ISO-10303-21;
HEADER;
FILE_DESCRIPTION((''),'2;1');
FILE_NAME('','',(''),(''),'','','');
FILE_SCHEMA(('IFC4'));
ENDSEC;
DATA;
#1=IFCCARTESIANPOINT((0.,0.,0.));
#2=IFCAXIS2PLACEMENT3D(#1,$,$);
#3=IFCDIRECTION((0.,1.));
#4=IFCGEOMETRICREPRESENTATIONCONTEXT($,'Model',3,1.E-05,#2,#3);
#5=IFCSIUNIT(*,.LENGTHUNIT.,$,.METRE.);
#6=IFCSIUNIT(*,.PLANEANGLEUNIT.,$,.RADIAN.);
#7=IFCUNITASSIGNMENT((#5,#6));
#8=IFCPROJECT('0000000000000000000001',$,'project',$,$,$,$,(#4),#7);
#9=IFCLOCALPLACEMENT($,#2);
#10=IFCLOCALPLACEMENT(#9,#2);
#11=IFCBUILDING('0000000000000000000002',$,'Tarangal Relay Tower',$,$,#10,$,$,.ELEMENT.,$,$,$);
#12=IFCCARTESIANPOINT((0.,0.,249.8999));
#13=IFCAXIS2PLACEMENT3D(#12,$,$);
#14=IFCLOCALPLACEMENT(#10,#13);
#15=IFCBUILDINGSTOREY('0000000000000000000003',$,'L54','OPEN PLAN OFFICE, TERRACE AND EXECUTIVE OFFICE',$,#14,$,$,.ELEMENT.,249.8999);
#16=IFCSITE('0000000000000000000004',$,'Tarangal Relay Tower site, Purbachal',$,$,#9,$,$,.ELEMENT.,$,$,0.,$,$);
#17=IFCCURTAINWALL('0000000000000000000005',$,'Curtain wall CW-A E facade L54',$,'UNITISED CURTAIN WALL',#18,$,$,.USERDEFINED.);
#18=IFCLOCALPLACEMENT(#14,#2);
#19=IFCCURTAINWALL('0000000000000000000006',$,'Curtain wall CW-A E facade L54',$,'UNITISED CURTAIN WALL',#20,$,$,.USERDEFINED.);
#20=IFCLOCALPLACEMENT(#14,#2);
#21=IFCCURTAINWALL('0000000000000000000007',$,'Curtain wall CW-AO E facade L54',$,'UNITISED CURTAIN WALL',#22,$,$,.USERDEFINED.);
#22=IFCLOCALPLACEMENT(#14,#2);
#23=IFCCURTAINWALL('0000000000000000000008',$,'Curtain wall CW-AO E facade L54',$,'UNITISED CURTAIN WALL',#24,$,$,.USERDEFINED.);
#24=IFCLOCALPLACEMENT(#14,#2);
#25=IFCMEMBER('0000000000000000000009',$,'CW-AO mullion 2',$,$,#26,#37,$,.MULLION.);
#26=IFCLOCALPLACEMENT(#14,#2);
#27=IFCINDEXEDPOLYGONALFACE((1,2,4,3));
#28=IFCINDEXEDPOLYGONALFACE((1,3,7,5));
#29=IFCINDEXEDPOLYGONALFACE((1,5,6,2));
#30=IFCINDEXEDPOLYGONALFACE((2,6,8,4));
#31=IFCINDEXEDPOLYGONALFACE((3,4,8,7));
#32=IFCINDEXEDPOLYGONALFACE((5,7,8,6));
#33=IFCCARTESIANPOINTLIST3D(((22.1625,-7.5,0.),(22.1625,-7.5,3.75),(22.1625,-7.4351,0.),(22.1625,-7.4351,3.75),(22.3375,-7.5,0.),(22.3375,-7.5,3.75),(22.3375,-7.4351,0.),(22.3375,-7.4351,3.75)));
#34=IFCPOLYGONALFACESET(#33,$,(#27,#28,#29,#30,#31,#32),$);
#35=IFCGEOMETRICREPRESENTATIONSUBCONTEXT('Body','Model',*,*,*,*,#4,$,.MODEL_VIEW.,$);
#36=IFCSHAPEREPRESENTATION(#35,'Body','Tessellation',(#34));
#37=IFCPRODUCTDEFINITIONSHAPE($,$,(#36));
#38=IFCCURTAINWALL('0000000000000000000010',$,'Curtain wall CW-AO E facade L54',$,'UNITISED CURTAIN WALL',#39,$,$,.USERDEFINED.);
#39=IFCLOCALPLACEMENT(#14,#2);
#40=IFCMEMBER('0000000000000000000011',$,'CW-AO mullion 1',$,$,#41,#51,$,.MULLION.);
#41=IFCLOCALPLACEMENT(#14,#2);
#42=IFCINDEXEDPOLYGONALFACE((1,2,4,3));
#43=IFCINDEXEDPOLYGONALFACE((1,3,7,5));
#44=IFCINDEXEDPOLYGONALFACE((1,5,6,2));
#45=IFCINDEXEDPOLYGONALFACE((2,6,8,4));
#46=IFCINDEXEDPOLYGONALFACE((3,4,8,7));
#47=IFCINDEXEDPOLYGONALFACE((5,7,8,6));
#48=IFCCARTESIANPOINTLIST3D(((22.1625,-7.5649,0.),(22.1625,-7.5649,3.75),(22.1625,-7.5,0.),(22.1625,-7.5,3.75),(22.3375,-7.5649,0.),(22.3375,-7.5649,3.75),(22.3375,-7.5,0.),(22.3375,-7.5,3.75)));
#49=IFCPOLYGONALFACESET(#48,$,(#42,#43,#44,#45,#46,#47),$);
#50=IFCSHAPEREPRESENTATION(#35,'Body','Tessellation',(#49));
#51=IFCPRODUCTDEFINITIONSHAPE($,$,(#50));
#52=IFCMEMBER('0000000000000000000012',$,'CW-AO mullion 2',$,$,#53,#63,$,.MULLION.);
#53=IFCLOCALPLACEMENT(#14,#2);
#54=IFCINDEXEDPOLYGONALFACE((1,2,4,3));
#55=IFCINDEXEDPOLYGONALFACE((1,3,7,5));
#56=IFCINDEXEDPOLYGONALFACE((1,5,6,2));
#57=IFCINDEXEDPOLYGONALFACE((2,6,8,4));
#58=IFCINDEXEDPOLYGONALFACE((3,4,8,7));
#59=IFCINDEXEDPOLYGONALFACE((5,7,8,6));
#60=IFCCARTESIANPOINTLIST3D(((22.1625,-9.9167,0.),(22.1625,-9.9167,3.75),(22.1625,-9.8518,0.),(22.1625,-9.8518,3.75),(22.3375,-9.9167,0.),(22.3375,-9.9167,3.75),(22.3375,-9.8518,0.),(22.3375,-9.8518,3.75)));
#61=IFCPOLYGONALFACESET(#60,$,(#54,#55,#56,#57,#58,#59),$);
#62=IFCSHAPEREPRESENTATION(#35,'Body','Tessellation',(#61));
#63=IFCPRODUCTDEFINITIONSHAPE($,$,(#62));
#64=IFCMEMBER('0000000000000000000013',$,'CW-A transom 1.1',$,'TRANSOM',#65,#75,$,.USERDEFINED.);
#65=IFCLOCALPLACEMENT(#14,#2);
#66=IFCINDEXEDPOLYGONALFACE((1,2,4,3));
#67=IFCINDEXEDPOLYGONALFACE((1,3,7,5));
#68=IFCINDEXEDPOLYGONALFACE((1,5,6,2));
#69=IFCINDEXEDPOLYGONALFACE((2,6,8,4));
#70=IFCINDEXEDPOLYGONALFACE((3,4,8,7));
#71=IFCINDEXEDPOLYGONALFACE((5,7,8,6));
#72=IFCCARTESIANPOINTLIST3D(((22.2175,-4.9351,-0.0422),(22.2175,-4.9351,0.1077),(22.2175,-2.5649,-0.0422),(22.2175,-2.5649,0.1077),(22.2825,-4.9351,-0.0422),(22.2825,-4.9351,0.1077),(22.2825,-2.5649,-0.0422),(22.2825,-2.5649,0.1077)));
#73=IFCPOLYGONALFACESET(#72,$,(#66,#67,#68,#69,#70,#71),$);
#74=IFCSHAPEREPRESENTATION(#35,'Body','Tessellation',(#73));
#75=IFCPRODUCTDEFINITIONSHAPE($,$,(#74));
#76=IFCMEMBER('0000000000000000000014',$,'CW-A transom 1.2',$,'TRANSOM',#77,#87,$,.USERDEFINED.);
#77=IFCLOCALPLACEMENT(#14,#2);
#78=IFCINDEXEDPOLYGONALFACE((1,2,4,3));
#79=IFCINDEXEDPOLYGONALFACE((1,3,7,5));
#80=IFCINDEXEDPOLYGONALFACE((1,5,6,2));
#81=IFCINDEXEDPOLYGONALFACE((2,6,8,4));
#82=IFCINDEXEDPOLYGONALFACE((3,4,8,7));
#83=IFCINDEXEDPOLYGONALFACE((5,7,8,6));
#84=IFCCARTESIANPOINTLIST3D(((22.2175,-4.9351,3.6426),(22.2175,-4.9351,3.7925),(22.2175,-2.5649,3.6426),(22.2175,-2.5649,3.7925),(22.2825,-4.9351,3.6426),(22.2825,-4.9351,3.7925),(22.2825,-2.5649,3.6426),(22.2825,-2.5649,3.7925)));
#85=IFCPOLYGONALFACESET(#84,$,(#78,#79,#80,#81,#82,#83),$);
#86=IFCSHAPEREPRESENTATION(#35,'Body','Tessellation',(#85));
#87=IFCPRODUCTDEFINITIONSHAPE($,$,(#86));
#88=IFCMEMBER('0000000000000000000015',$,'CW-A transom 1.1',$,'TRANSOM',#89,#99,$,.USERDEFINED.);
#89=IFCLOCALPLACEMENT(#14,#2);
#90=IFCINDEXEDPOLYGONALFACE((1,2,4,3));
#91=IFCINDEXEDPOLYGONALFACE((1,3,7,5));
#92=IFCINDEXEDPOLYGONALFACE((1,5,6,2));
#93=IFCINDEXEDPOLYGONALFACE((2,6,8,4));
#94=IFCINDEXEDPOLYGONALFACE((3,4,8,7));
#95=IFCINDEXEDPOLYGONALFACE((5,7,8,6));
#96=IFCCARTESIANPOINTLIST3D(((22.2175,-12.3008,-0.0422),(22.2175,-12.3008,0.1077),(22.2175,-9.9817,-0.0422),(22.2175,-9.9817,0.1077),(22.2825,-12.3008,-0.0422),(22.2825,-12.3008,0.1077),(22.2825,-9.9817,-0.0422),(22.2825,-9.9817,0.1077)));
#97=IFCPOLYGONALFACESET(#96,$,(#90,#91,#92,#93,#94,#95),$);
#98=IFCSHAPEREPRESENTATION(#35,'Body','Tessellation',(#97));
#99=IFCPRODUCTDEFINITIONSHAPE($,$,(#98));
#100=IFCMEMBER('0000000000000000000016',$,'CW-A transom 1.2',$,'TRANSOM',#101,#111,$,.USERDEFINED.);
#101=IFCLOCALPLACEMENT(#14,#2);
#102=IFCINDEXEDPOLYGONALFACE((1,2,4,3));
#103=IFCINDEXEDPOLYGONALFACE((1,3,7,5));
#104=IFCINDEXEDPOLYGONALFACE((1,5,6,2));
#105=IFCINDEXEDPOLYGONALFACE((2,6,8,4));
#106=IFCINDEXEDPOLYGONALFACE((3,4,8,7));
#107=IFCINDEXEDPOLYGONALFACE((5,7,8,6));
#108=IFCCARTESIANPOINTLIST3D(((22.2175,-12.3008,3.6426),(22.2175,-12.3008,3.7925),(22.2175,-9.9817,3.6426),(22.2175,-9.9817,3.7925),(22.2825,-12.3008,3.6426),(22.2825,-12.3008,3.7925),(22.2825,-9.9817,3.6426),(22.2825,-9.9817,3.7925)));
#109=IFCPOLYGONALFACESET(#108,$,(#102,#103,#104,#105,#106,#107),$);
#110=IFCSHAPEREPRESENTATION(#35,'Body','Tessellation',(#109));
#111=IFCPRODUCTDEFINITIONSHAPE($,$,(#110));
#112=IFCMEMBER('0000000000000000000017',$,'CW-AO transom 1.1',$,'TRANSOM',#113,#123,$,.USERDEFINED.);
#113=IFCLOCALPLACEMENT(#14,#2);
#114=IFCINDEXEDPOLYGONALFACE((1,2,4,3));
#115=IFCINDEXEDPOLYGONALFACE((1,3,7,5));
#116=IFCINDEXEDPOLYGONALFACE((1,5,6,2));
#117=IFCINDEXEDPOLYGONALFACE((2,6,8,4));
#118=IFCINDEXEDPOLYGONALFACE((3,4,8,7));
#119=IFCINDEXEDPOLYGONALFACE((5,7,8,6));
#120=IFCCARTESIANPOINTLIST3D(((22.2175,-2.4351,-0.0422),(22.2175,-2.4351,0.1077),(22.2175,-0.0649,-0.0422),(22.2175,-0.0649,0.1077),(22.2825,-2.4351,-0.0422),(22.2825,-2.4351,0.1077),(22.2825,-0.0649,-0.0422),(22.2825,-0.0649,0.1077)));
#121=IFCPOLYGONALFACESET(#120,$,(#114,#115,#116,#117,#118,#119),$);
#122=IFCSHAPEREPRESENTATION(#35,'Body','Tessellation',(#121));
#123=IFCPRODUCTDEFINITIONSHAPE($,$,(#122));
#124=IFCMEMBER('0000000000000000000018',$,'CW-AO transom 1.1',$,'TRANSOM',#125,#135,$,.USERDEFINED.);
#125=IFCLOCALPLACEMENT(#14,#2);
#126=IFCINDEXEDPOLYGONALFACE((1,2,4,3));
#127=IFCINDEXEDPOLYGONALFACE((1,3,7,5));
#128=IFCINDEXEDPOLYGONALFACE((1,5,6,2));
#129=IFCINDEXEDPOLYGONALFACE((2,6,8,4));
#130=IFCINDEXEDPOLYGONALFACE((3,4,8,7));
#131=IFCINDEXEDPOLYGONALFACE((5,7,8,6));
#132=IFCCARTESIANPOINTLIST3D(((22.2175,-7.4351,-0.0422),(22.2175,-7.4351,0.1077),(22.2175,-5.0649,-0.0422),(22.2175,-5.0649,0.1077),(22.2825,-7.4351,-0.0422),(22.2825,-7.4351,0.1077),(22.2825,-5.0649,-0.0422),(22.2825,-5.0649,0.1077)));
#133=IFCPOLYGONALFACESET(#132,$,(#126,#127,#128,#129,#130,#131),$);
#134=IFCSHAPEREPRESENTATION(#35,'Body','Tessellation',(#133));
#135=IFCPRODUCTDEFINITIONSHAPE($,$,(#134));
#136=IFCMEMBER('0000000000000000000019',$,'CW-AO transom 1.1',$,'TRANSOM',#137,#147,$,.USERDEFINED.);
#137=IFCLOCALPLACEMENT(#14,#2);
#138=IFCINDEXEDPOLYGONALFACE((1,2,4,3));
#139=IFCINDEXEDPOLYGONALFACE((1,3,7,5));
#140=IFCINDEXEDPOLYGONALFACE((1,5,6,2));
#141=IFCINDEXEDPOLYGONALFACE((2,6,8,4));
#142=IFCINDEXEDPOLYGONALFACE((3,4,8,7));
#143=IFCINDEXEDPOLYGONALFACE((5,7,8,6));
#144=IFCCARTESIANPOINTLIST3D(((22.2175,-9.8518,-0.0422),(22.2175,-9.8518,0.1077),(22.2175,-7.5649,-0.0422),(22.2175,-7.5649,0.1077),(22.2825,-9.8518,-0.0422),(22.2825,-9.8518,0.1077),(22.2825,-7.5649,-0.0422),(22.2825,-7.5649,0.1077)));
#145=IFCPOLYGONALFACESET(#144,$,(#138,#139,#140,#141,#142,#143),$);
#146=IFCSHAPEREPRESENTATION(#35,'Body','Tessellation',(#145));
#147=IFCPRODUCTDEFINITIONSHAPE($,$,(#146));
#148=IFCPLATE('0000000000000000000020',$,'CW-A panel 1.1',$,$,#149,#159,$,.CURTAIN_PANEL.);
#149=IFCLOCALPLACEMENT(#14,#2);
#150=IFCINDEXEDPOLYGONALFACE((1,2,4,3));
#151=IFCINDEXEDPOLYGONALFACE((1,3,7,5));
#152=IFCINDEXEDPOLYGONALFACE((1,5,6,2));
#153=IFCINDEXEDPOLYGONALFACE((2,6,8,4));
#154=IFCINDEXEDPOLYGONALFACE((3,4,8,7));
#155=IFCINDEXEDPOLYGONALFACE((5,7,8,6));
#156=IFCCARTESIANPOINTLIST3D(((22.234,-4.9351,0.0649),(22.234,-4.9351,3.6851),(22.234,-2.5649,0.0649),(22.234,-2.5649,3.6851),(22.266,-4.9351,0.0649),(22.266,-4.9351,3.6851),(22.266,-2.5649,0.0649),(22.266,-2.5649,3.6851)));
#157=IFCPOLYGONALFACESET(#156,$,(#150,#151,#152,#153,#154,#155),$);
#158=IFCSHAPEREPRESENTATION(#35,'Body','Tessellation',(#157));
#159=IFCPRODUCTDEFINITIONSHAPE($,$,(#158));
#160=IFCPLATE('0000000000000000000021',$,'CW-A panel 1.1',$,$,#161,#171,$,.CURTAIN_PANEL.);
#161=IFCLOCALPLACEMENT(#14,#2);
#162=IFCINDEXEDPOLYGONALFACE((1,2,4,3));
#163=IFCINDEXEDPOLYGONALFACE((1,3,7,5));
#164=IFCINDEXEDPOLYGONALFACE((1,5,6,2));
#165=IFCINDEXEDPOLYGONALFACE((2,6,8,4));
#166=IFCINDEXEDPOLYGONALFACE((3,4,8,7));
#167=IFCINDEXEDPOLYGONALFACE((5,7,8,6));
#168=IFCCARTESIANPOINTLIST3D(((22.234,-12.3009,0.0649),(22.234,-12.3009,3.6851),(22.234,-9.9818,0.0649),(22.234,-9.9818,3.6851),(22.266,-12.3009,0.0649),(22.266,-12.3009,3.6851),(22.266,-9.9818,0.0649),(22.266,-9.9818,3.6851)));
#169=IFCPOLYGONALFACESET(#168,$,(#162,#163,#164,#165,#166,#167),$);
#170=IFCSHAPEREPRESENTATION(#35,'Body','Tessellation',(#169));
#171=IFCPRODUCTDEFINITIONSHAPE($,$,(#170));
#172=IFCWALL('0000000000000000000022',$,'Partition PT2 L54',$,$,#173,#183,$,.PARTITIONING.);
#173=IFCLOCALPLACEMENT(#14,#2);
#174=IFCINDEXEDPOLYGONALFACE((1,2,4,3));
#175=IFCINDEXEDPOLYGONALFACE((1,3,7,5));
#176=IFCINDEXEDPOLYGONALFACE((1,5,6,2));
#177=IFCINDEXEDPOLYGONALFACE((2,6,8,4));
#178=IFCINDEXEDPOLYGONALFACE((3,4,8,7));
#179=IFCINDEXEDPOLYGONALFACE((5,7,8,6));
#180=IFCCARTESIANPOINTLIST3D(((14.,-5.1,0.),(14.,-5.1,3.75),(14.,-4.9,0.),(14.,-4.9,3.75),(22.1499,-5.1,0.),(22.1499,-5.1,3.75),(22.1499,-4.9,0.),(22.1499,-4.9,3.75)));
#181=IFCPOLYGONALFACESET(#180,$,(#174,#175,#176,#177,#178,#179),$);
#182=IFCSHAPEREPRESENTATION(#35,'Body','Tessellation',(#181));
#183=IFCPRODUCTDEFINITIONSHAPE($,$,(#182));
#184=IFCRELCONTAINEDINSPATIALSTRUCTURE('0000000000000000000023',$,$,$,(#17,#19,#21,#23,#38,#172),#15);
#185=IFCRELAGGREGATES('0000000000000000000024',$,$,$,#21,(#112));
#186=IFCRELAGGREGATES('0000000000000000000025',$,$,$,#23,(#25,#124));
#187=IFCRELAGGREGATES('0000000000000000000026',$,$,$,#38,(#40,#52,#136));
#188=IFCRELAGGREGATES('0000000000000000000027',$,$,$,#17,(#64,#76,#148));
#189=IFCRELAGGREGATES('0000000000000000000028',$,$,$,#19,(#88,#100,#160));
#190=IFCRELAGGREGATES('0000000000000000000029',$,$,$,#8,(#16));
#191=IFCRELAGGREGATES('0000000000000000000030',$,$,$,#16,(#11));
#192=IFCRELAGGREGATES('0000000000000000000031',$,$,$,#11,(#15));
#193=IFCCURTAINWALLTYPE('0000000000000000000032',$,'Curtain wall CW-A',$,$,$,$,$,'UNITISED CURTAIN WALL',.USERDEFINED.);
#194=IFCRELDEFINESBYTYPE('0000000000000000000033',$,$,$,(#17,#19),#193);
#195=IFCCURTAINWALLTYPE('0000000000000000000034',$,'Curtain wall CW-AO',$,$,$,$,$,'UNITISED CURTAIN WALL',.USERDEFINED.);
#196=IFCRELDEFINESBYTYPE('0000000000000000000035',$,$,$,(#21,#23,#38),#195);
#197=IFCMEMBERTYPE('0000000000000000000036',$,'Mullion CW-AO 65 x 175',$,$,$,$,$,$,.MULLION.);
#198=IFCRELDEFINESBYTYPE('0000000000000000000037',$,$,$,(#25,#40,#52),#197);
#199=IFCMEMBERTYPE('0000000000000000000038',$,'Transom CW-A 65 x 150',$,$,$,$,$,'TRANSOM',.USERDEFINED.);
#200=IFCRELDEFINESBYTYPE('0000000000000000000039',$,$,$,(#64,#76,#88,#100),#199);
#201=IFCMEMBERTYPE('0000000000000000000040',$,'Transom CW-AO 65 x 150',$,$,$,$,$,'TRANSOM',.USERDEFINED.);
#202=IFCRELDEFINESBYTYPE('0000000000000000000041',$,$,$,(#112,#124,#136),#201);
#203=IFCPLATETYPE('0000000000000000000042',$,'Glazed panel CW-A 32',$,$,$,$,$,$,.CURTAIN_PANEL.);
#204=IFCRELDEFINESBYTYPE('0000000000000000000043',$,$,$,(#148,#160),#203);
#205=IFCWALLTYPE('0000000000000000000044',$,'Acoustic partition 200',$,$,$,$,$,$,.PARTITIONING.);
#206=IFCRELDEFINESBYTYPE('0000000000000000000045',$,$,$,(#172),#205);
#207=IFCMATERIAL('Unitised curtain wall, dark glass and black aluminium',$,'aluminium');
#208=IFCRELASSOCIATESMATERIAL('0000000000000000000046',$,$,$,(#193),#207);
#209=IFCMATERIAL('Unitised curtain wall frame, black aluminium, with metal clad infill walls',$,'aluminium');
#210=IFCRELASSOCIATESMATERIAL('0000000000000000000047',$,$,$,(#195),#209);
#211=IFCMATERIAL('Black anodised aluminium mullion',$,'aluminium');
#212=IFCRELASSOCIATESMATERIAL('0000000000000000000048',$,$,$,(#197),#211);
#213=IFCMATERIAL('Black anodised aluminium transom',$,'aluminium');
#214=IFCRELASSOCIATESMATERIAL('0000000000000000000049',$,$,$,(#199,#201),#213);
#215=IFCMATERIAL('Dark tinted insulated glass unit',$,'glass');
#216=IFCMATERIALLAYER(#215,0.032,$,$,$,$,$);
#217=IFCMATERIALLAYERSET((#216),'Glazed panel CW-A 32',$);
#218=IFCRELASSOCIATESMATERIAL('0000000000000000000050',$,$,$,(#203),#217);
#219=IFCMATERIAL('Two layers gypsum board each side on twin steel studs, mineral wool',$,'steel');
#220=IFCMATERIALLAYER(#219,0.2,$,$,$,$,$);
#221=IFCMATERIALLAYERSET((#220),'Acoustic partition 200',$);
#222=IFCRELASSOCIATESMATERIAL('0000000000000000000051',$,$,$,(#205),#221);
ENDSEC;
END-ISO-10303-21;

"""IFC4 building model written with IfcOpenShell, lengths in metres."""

from ifc_helpers import new_model, si_unit, direction, frame, frame_2d, origin, origin_2d, place, context, subcontext, project, spatial, rectangle, extrude, material, layer, layer_set, material_profile, profile_set, type_object, element, aggregate, save


model = new_model("IFC4")

# Units and contexts
model_context = context("Model", 3, precision=1e-05, world=origin(), true_north=direction((0.0, 1.0)))
body_context = subcontext(model_context, "Body", "Model", "MODEL_VIEW")
ifc_project = project(units=[si_unit("LENGTHUNIT", "METRE"), si_unit("PLANEANGLEUNIT", "RADIAN")], contexts=[model_context])

# Site, building, storey
site_placement = place(None, origin())
site = spatial("IfcSite", under=ifc_project, at=site_placement, Name="Tarangal Relay Tower site, Purbachal", CompositionType="ELEMENT", RefElevation=0.0)
building_placement = place(site_placement, origin())
building = spatial("IfcBuilding", under=site, at=building_placement, Name="Tarangal Relay Tower", CompositionType="ELEMENT")
storey_placement = place(building_placement, frame((0.0, 0.0, 249.8999)))
storey = spatial("IfcBuildingStorey", under=building, at=storey_placement, Name="L54", Description="OPEN PLAN OFFICE, TERRACE AND EXECUTIVE OFFICE", CompositionType="ELEMENT", Elevation=249.8999)

# Curtain wall
ifc_material_1 = material(Name="Unitised curtain wall, dark glass and black aluminium", Category="aluminium")
curtain_wall_type_1 = type_object("IfcCurtainWallType", Name="Curtain wall CW-A", ElementType="UNITISED CURTAIN WALL", PredefinedType="USERDEFINED", material=ifc_material_1)
curtain_wall_1_placement = place(storey_placement, origin())
curtain_wall_1 = element("IfcCurtainWall", 1, at=curtain_wall_1_placement, inside=storey, type_object=curtain_wall_type_1, Name="Curtain wall CW-A E facade L54", ObjectType="UNITISED CURTAIN WALL", PredefinedType="USERDEFINED")
ifc_material_2 = material(Name="Black anodised aluminium mullion", Category="aluminium")

# Curtain wall
curtain_wall_2_placement = place(storey_placement, origin())
curtain_wall_2 = element("IfcCurtainWall", 2, at=curtain_wall_2_placement, inside=storey, type_object=curtain_wall_type_1, Name="Curtain wall CW-A E facade L54", ObjectType="UNITISED CURTAIN WALL", PredefinedType="USERDEFINED")

# Curtain walls, members
ifc_material_3 = material(Name="Unitised curtain wall frame, black aluminium, with metal clad infill walls", Category="aluminium")
curtain_wall_type_2 = type_object("IfcCurtainWallType", Name="Curtain wall CW-AO", ElementType="UNITISED CURTAIN WALL", PredefinedType="USERDEFINED", material=ifc_material_3)
curtain_wall_3_placement = place(storey_placement, origin())
curtain_wall_3 = element("IfcCurtainWall", 3, at=curtain_wall_3_placement, inside=storey, type_object=curtain_wall_type_2, Name="Curtain wall CW-AO E facade L54", ObjectType="UNITISED CURTAIN WALL", PredefinedType="USERDEFINED")
ifc_material_profile_1 = material_profile(ifc_material_2, rectangle(XDim=0.175, YDim=0.0649, at=origin_2d()), Name="CW-AOM 65X175")
ifc_profile_set_1 = profile_set([ifc_material_profile_1], Name="Black anodised aluminium mullion")
member_type_1 = type_object("IfcMemberType", Name="Mullion CW-AO 65 x 175", PredefinedType="MULLION", material=ifc_profile_set_1)
curtain_wall_4_placement = place(storey_placement, origin())
curtain_wall_4 = element("IfcCurtainWall", 4, at=curtain_wall_4_placement, inside=storey, type_object=curtain_wall_type_2, Name="Curtain wall CW-AO E facade L54", ObjectType="UNITISED CURTAIN WALL", PredefinedType="USERDEFINED")
member_1_placement = place(storey_placement, frame((22.25, -7.4675, 0.0), z_axis=(0.0, 0.0, 1.0), x_axis=(1.0, 0.0, 0.0)))
member_1 = element("IfcMember", 5, at=member_1_placement, type_object=member_type_1, Name="CW-AO mullion 2", PredefinedType="MULLION", context=body_context, shape_type="SweptSolid", body=[
    extrude(rectangle(XDim=0.175, YDim=0.0649, at=origin_2d()), origin(), (0.0, 0.0, 1.0), 3.75),
])
curtain_wall_5_placement = place(storey_placement, origin())
curtain_wall_5 = element("IfcCurtainWall", 6, at=curtain_wall_5_placement, inside=storey, type_object=curtain_wall_type_2, Name="Curtain wall CW-AO E facade L54", ObjectType="UNITISED CURTAIN WALL", PredefinedType="USERDEFINED")
member_2_placement = place(storey_placement, frame((22.25, -7.5325, 0.0), z_axis=(0.0, 0.0, 1.0), x_axis=(1.0, 0.0, 0.0)))
member_2 = element("IfcMember", 7, at=member_2_placement, type_object=member_type_1, Name="CW-AO mullion 1", PredefinedType="MULLION", context=body_context, shape_type="SweptSolid", body=[
    extrude(rectangle(XDim=0.175, YDim=0.0649, at=origin_2d()), origin(), (0.0, 0.0, 1.0), 3.75),
])
member_3_placement = place(storey_placement, frame((22.25, -9.8843, 0.0), z_axis=(0.0, 0.0, 1.0), x_axis=(1.0, 0.0, 0.0)))
member_3 = element("IfcMember", 8, at=member_3_placement, type_object=member_type_1, Name="CW-AO mullion 2", PredefinedType="MULLION", context=body_context, shape_type="SweptSolid", body=[
    extrude(rectangle(XDim=0.175, YDim=0.0649, at=origin_2d()), origin(), (0.0, 0.0, 1.0), 3.75),
])

# Members
ifc_material_4 = material(Name="Black anodised aluminium transom", Category="aluminium")
ifc_material_profile_2 = material_profile(ifc_material_4, rectangle(XDim=0.0649, YDim=0.1499, at=origin_2d()), Name="CW-AT 65X150")
ifc_profile_set_2 = profile_set([ifc_material_profile_2], Name="Black anodised aluminium transom")
member_type_2 = type_object("IfcMemberType", Name="Transom CW-A 65 x 150", ElementType="TRANSOM", PredefinedType="USERDEFINED", material=ifc_profile_set_2)
member_4_placement = place(storey_placement, frame((22.25, -2.5649, 0.0327), z_axis=(0.0, -1.0, 0.0), x_axis=(1.0, 0.0, 0.0)))
member_4 = element("IfcMember", 9, at=member_4_placement, type_object=member_type_2, Name="CW-A transom 1.1", ObjectType="TRANSOM", PredefinedType="USERDEFINED", context=body_context, shape_type="SweptSolid", body=[
    extrude(rectangle(XDim=0.0649, YDim=0.1499, at=origin_2d()), origin(), (0.0, 0.0, 1.0), 2.3701),
])
member_5_placement = place(storey_placement, frame((22.25, -2.5649, 3.7175), z_axis=(0.0, -1.0, 0.0), x_axis=(1.0, 0.0, 0.0)))
member_5 = element("IfcMember", 10, at=member_5_placement, type_object=member_type_2, Name="CW-A transom 1.2", ObjectType="TRANSOM", PredefinedType="USERDEFINED", context=body_context, shape_type="SweptSolid", body=[
    extrude(rectangle(XDim=0.0649, YDim=0.1499, at=origin_2d()), origin(), (0.0, 0.0, 1.0), 2.3701),
])
member_6_placement = place(storey_placement, frame((22.25, -9.9817, 0.0327), z_axis=(0.0, -1.0, 0.0), x_axis=(1.0, 0.0, 0.0)))
member_6 = element("IfcMember", 11, at=member_6_placement, type_object=member_type_2, Name="CW-A transom 1.1", ObjectType="TRANSOM", PredefinedType="USERDEFINED", context=body_context, shape_type="SweptSolid", body=[
    extrude(rectangle(XDim=0.0649, YDim=0.1499, at=origin_2d()), origin(), (0.0, 0.0, 1.0), 2.3191),
])
member_7_placement = place(storey_placement, frame((22.25, -9.9817, 3.7175), z_axis=(0.0, -1.0, 0.0), x_axis=(1.0, 0.0, 0.0)))
member_7 = element("IfcMember", 12, at=member_7_placement, type_object=member_type_2, Name="CW-A transom 1.2", ObjectType="TRANSOM", PredefinedType="USERDEFINED", context=body_context, shape_type="SweptSolid", body=[
    extrude(rectangle(XDim=0.0649, YDim=0.1499, at=origin_2d()), origin(), (0.0, 0.0, 1.0), 2.3191),
])
ifc_material_profile_3 = material_profile(ifc_material_4, rectangle(XDim=0.0649, YDim=0.1499, at=origin_2d()), Name="CW-AOT 65X150")
ifc_profile_set_3 = profile_set([ifc_material_profile_3], Name="Black anodised aluminium transom")
member_type_3 = type_object("IfcMemberType", Name="Transom CW-AO 65 x 150", ElementType="TRANSOM", PredefinedType="USERDEFINED", material=ifc_profile_set_3)
member_8_placement = place(storey_placement, frame((22.25, -0.0649, 0.0327), z_axis=(0.0, -1.0, 0.0), x_axis=(1.0, 0.0, 0.0)))
member_8 = element("IfcMember", 13, at=member_8_placement, type_object=member_type_3, Name="CW-AO transom 1.1", ObjectType="TRANSOM", PredefinedType="USERDEFINED", context=body_context, shape_type="SweptSolid", body=[
    extrude(rectangle(XDim=0.0649, YDim=0.1499, at=origin_2d()), origin(), (0.0, 0.0, 1.0), 2.3701),
])
aggregate(curtain_wall_3, [member_8])
member_9_placement = place(storey_placement, frame((22.25, -5.0649, 0.0327), z_axis=(0.0, -1.0, 0.0), x_axis=(1.0, 0.0, 0.0)))
member_9 = element("IfcMember", 14, at=member_9_placement, type_object=member_type_3, Name="CW-AO transom 1.1", ObjectType="TRANSOM", PredefinedType="USERDEFINED", context=body_context, shape_type="SweptSolid", body=[
    extrude(rectangle(XDim=0.0649, YDim=0.1499, at=origin_2d()), origin(), (0.0, 0.0, 1.0), 2.3701),
])
aggregate(curtain_wall_4, [member_1, member_9])
member_10_placement = place(storey_placement, frame((22.25, -7.5649, 0.0327), z_axis=(0.0, -1.0, 0.0), x_axis=(1.0, 0.0, 0.0)))
member_10 = element("IfcMember", 15, at=member_10_placement, type_object=member_type_3, Name="CW-AO transom 1.1", ObjectType="TRANSOM", PredefinedType="USERDEFINED", context=body_context, shape_type="SweptSolid", body=[
    extrude(rectangle(XDim=0.0649, YDim=0.1499, at=origin_2d()), origin(), (0.0, 0.0, 1.0), 2.2869),
])
aggregate(curtain_wall_5, [member_2, member_3, member_10])

# Plates
ifc_material_5 = material(Name="Dark tinted insulated glass unit", Category="glass")
ifc_layer_1 = layer(ifc_material_5, 0.032)
ifc_layer_set_1 = layer_set([ifc_layer_1], Name="Glazed panel CW-A 32")
plate_type = type_object("IfcPlateType", Name="Glazed panel CW-A 32", PredefinedType="CURTAIN_PANEL", material=ifc_layer_set_1)
plate_1_placement = place(storey_placement, frame((22.25, -3.75, 0.0649), z_axis=(0.0, 0.0, 1.0), x_axis=(0.0, -1.0, 0.0)))
plate_1 = element("IfcPlate", 16, at=plate_1_placement, type_object=plate_type, Name="CW-A panel 1.1", PredefinedType="CURTAIN_PANEL", context=body_context, shape_type="SweptSolid", body=[
    extrude(rectangle(XDim=2.3701, YDim=0.032, at=origin_2d()), origin(), (0.0, 0.0, 1.0), 3.6201),
])
aggregate(curtain_wall_1, [member_4, member_5, plate_1])
plate_2_placement = place(storey_placement, frame((22.25, -11.1414, 0.0649), z_axis=(0.0, 0.0, 1.0), x_axis=(0.0, -1.0, 0.0)))
plate_2 = element("IfcPlate", 17, at=plate_2_placement, type_object=plate_type, Name="CW-A panel 1.1", PredefinedType="CURTAIN_PANEL", context=body_context, shape_type="SweptSolid", body=[
    extrude(rectangle(XDim=2.3191, YDim=0.032, at=origin_2d()), origin(), (0.0, 0.0, 1.0), 3.6201),
])
aggregate(curtain_wall_2, [member_6, member_7, plate_2])

# Wall
ifc_material_6 = material(Name="Two layers gypsum board each side on twin steel studs, mineral wool", Category="steel")
ifc_layer_2 = layer(ifc_material_6, 0.2)
ifc_layer_set_2 = layer_set([ifc_layer_2], Name="Acoustic partition 200")
wall_type_1 = type_object("IfcWallType", Name="Acoustic partition 200", PredefinedType="PARTITIONING", material=ifc_layer_set_2)
wall_1_placement = place(storey_placement, frame((14.0, -5.0, 0.0), z_axis=(0.0, 0.0, 1.0), x_axis=(1.0, 0.0, 0.0)))
element("IfcWall", 18, at=wall_1_placement, inside=storey, type_object=wall_type_1, Name="Partition PT2 L54", PredefinedType="PARTITIONING", context=body_context, shape_type="SweptSolid", body=[
    extrude(rectangle(XDim=8.1499, YDim=0.2, at=frame_2d((4.075, 0.0))), origin(), (0.0, 0.0, 1.0), 3.75),
])

save(model, "model.ifc")
